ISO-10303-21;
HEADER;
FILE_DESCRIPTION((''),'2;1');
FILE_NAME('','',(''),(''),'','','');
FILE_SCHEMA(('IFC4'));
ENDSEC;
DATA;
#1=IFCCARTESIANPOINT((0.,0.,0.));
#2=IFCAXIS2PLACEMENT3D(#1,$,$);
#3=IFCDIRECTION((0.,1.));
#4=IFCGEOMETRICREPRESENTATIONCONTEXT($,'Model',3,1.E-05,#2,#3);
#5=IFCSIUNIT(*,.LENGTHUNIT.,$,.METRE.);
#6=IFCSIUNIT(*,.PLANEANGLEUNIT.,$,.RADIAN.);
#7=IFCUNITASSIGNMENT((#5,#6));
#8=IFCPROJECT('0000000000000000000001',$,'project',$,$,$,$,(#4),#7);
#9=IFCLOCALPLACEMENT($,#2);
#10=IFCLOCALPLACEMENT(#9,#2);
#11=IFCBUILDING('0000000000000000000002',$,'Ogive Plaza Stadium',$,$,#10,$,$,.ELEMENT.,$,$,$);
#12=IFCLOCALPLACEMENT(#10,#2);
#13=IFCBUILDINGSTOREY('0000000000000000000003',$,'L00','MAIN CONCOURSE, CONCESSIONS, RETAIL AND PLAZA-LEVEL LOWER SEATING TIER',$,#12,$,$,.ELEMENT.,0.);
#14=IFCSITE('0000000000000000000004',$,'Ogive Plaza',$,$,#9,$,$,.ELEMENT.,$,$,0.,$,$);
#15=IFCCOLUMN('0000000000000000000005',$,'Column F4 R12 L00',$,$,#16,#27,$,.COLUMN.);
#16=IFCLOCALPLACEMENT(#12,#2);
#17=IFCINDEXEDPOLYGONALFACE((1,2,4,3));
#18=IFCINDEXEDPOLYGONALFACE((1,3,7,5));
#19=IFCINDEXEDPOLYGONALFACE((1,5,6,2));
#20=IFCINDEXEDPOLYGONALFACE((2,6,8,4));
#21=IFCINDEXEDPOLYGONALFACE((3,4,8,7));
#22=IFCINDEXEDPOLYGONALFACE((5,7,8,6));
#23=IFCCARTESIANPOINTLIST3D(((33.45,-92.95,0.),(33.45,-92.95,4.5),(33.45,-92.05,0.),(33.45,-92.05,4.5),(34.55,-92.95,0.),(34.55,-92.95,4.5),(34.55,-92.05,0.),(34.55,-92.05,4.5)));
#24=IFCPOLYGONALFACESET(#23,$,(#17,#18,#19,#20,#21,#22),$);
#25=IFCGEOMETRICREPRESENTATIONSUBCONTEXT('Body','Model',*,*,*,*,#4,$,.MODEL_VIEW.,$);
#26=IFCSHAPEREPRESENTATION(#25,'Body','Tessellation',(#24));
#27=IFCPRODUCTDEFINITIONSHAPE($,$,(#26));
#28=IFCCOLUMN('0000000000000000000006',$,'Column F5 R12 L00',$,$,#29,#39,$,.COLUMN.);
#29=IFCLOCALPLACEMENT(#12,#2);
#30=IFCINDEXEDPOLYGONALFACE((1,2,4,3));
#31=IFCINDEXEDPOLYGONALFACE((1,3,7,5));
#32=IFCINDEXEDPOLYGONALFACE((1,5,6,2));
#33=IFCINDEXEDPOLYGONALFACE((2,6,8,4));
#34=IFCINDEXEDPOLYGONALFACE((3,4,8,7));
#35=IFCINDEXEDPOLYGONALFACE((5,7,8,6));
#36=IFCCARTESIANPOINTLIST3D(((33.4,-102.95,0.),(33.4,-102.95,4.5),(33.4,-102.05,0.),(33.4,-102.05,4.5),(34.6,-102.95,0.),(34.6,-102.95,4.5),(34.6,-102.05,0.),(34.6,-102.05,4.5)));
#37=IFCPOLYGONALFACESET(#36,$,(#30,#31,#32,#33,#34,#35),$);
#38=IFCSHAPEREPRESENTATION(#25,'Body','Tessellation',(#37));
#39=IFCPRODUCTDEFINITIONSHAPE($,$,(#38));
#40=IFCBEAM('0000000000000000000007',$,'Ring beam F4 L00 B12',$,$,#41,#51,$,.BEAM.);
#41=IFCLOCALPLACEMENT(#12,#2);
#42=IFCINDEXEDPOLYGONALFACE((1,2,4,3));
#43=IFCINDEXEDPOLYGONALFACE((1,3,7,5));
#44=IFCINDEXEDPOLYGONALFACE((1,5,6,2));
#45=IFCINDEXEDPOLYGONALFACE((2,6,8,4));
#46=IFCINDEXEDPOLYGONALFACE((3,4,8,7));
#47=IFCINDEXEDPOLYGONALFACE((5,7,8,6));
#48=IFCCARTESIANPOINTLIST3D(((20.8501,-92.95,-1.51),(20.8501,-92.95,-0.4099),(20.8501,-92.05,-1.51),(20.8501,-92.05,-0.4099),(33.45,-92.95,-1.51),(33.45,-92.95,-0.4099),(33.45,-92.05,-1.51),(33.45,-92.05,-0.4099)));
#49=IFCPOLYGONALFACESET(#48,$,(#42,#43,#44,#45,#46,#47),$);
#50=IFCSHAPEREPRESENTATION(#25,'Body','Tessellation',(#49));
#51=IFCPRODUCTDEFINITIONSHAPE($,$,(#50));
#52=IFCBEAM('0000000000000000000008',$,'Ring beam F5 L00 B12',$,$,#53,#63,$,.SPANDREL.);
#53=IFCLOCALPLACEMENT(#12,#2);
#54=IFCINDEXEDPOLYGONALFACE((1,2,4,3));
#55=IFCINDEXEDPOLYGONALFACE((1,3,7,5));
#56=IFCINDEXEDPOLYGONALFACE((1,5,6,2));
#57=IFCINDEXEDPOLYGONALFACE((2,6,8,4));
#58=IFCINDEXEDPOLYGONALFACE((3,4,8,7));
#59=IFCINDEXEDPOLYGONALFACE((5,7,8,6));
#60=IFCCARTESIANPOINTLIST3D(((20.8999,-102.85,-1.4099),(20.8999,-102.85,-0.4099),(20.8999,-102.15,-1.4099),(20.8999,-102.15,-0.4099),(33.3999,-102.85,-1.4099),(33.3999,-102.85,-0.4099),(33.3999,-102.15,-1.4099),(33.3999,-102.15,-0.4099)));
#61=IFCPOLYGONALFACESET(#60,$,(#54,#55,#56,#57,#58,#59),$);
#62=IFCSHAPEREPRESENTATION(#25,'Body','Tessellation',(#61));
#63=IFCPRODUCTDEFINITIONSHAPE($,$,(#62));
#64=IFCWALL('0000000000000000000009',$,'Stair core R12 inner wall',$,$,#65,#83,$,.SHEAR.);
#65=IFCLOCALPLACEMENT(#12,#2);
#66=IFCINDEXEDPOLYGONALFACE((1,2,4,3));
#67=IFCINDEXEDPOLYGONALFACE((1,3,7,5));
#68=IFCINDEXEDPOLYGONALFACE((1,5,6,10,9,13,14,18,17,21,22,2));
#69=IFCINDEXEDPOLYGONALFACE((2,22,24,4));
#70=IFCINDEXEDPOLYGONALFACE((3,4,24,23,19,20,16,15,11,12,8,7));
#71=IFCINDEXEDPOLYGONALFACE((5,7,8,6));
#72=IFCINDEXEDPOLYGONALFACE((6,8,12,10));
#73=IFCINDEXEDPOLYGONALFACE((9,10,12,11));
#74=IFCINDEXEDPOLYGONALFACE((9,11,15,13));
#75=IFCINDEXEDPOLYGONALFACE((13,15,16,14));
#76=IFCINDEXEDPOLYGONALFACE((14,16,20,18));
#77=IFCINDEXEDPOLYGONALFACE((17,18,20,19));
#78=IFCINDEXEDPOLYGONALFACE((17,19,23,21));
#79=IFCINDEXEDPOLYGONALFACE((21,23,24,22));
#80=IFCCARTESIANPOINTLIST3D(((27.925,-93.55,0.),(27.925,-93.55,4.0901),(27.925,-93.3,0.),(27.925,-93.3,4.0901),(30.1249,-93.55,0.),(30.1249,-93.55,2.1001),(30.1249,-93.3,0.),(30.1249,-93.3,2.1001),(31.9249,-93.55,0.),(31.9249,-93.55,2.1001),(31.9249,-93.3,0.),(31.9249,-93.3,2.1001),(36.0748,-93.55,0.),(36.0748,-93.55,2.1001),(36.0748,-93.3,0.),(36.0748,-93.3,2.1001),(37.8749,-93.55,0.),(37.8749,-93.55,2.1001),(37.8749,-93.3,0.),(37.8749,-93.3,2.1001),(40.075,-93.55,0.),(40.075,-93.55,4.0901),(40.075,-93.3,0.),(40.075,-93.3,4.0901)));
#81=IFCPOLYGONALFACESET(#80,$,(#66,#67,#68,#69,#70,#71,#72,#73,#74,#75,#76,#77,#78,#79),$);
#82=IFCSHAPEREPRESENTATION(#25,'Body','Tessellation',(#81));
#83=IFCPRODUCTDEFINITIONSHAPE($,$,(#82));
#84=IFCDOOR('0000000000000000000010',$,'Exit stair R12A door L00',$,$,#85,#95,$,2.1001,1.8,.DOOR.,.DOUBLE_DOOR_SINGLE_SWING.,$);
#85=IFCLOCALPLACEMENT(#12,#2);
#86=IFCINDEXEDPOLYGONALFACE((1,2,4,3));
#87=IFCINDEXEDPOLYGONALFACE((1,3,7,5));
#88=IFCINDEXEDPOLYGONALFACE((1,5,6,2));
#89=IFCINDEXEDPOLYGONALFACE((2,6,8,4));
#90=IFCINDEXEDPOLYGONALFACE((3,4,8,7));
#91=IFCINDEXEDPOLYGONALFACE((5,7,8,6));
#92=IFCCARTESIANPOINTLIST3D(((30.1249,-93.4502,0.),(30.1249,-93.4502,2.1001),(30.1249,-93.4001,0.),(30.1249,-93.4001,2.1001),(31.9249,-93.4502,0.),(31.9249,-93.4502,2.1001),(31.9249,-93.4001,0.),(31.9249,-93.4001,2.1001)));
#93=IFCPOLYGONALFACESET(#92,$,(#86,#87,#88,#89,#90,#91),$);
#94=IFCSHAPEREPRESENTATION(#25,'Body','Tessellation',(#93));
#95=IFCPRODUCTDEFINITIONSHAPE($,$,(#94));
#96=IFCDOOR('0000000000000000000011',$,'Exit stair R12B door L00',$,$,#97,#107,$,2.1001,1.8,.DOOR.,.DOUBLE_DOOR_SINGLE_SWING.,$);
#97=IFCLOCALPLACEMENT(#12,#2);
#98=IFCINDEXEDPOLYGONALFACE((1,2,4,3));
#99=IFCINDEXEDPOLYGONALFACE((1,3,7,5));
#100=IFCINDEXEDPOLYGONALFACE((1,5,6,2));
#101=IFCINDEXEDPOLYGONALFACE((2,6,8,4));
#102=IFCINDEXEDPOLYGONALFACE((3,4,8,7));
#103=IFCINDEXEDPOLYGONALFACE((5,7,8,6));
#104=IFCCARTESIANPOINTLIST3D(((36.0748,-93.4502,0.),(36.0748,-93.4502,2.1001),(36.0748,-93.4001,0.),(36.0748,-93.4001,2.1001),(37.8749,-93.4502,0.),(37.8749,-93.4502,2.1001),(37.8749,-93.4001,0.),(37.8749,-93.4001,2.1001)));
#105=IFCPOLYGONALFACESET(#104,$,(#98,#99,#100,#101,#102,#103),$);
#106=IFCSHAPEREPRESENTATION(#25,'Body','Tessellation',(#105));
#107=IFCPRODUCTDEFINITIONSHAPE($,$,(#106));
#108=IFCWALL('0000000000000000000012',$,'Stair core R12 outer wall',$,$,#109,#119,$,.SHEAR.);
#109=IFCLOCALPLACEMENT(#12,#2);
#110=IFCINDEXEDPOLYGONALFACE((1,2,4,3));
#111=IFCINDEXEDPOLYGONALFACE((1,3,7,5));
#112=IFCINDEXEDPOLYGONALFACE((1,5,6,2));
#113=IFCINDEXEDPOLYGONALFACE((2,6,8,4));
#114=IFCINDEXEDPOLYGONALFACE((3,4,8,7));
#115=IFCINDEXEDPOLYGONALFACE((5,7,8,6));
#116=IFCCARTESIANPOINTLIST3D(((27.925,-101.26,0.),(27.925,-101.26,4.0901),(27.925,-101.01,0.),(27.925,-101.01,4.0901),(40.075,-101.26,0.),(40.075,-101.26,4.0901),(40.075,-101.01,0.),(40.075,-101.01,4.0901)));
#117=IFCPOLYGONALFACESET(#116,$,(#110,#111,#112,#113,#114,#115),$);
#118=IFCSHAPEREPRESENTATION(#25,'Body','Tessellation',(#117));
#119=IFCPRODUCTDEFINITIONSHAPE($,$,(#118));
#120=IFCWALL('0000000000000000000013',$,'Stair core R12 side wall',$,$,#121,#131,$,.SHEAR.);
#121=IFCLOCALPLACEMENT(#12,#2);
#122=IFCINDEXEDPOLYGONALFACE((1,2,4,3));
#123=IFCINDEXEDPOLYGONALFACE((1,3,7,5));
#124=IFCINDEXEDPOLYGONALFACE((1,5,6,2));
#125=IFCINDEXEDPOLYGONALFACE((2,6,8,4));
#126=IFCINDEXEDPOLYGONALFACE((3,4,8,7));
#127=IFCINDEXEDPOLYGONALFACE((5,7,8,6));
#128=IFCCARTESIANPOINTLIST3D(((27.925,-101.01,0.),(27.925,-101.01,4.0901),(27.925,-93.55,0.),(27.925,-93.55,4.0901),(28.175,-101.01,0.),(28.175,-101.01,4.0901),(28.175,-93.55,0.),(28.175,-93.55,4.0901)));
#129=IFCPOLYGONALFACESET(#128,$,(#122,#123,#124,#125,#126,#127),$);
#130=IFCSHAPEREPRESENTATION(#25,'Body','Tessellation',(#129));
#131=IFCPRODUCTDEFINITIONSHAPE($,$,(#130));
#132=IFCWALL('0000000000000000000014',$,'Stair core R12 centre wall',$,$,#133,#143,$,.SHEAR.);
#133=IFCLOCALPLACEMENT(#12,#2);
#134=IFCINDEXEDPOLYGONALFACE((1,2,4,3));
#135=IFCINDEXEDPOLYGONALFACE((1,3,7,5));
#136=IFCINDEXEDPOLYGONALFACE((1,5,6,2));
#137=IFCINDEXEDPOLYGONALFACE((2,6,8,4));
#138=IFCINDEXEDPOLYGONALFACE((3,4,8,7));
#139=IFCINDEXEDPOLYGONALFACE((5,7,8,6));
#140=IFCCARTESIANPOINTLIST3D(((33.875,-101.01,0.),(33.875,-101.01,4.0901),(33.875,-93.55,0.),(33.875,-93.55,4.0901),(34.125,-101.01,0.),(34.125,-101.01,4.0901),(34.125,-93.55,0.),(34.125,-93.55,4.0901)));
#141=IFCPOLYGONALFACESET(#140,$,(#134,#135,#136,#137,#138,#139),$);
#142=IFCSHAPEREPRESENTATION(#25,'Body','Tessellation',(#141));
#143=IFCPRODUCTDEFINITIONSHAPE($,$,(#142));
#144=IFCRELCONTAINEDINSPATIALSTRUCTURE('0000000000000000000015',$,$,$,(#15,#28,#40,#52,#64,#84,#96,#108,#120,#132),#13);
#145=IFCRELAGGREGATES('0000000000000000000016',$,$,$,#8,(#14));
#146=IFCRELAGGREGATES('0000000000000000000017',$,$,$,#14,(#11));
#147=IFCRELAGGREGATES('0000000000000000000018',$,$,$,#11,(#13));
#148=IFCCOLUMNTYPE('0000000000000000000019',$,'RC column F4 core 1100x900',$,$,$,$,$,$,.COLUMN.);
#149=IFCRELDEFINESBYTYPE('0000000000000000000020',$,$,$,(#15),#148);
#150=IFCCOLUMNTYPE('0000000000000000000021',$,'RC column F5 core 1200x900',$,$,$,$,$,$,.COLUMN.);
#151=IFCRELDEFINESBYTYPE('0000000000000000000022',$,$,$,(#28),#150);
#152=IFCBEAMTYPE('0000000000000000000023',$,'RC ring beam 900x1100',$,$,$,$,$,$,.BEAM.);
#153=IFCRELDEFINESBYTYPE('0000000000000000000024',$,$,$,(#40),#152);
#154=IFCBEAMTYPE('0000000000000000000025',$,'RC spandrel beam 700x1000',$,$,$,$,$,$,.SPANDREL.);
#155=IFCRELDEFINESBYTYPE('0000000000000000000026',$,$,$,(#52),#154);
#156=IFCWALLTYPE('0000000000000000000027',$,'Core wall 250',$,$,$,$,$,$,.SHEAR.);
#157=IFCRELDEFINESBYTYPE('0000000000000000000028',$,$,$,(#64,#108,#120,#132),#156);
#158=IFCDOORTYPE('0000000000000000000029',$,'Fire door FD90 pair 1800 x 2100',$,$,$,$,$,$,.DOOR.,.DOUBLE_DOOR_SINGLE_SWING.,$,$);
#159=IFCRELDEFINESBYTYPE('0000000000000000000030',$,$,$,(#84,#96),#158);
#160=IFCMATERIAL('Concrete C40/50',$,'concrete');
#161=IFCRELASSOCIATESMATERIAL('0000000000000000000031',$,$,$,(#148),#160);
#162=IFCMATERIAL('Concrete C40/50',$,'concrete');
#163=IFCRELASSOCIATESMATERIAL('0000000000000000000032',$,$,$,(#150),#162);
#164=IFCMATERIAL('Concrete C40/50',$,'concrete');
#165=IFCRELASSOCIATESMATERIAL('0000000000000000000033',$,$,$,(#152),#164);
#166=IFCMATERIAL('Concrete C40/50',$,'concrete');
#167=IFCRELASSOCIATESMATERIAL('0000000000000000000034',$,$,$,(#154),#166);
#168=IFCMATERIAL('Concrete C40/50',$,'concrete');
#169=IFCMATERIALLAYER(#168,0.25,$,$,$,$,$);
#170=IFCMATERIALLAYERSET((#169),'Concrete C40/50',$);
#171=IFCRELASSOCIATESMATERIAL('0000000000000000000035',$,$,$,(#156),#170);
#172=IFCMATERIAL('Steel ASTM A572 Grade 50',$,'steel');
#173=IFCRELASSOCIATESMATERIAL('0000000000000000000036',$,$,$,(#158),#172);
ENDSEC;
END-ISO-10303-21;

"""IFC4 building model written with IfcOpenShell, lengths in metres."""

from ifc_helpers import new_model, si_unit, direction, frame, frame_2d, origin, origin_2d, place, context, subcontext, project, spatial, rectangle, extrude, material, layer, layer_set, material_profile, profile_set, type_object, element, fill, save


model = new_model("IFC4")

# Units and contexts
model_context = context("Model", 3, precision=1e-05, world=origin(), true_north=direction((0.0, 1.0)))
body_context = subcontext(model_context, "Body", "Model", "MODEL_VIEW")
ifc_project = project(units=[si_unit("LENGTHUNIT", "METRE"), si_unit("PLANEANGLEUNIT", "RADIAN")], contexts=[model_context])

# Site, building, storey
site_placement = place(None, origin())
site = spatial("IfcSite", under=ifc_project, at=site_placement, Name="Ogive Plaza", CompositionType="ELEMENT", RefElevation=0.0)
building_placement = place(site_placement, origin())
building = spatial("IfcBuilding", under=site, at=building_placement, Name="Ogive Plaza Stadium", CompositionType="ELEMENT")
storey_placement = place(building_placement, origin())
storey = spatial("IfcBuildingStorey", under=building, at=storey_placement, Name="L00", Description="MAIN CONCOURSE, CONCESSIONS, RETAIL AND PLAZA-LEVEL LOWER SEATING TIER", CompositionType="ELEMENT", Elevation=0.0)

# Columns
ifc_material_1 = material(Name="Concrete C40/50", Category="concrete")
ifc_material_profile_1 = material_profile(ifc_material_1, rectangle(XDim=1.1001, YDim=0.8999, at=origin_2d()), Name="RC 1100x900")
ifc_profile_set_1 = profile_set([ifc_material_profile_1], Name="Concrete C40/50")
column_type_1 = type_object("IfcColumnType", Name="RC column F4 core 1100x900", PredefinedType="COLUMN", material=ifc_profile_set_1)
column_1_placement = place(storey_placement, frame((34.0, -92.5, 0.0), z_axis=(0.0, 0.0, 1.0), x_axis=(1.0, 0.0, 0.0)))
element("IfcColumn", 1, at=column_1_placement, inside=storey, type_object=column_type_1, Name="Column F4 R12 L00", PredefinedType="COLUMN", context=body_context, shape_type="SweptSolid", body=[
    extrude(rectangle(XDim=1.1001, YDim=0.8999, at=origin_2d()), origin(), (0.0, 0.0, 1.0), 4.5),
])
ifc_material_2 = material(Name="Concrete C40/50", Category="concrete")
ifc_material_profile_2 = material_profile(ifc_material_2, rectangle(XDim=1.2, YDim=0.8999, at=origin_2d()), Name="RC 1200x900")
ifc_profile_set_2 = profile_set([ifc_material_profile_2], Name="Concrete C40/50")
column_type_2 = type_object("IfcColumnType", Name="RC column F5 core 1200x900", PredefinedType="COLUMN", material=ifc_profile_set_2)
column_2_placement = place(storey_placement, frame((34.0, -102.5, 0.0), z_axis=(0.0, 0.0, 1.0), x_axis=(1.0, 0.0, 0.0)))
element("IfcColumn", 2, at=column_2_placement, inside=storey, type_object=column_type_2, Name="Column F5 R12 L00", PredefinedType="COLUMN", context=body_context, shape_type="SweptSolid", body=[
    extrude(rectangle(XDim=1.2, YDim=0.8999, at=origin_2d()), origin(), (0.0, 0.0, 1.0), 4.5),
])

# Beams
ifc_material_3 = material(Name="Concrete C40/50", Category="concrete")
ifc_material_profile_3 = material_profile(ifc_material_3, rectangle(XDim=0.8999, YDim=1.1001, at=origin_2d()), Name="RC 900x1100")
ifc_profile_set_3 = profile_set([ifc_material_profile_3], Name="Concrete C40/50")
beam_type_1 = type_object("IfcBeamType", Name="RC ring beam 900x1100", PredefinedType="BEAM", material=ifc_profile_set_3)
beam_1_placement = place(storey_placement, frame((33.45, -92.5, -0.96), z_axis=(-1.0, 0.0, 0.0), x_axis=(0.0, -1.0, 0.0)))
element("IfcBeam", 3, at=beam_1_placement, inside=storey, type_object=beam_type_1, Name="Ring beam F4 L00 B12", PredefinedType="BEAM", context=body_context, shape_type="SweptSolid", body=[
    extrude(rectangle(XDim=0.8999, YDim=1.1001, at=origin_2d()), origin(), (0.0, 0.0, 1.0), 12.5999),
])
ifc_material_4 = material(Name="Concrete C40/50", Category="concrete")
ifc_material_profile_4 = material_profile(ifc_material_4, rectangle(XDim=0.7, YDim=1.0, at=origin_2d()), Name="RC 700x1000")
ifc_profile_set_4 = profile_set([ifc_material_profile_4], Name="Concrete C40/50")
beam_type_2 = type_object("IfcBeamType", Name="RC spandrel beam 700x1000", PredefinedType="SPANDREL", material=ifc_profile_set_4)
beam_2_placement = place(storey_placement, frame((33.3999, -102.5, -0.9099), z_axis=(-1.0, 0.0, 0.0), x_axis=(0.0, -1.0, 0.0)))
element("IfcBeam", 4, at=beam_2_placement, inside=storey, type_object=beam_type_2, Name="Ring beam F5 L00 B12", PredefinedType="SPANDREL", context=body_context, shape_type="SweptSolid", body=[
    extrude(rectangle(XDim=0.7, YDim=1.0, at=origin_2d()), origin(), (0.0, 0.0, 1.0), 12.5),
])

# Wall, openings, doors
ifc_material_5 = material(Name="Concrete C40/50", Category="concrete")
ifc_layer_1 = layer(ifc_material_5, 0.25)
ifc_layer_set_1 = layer_set([ifc_layer_1], Name="Concrete C40/50")
wall_type_1 = type_object("IfcWallType", Name="Core wall 250", PredefinedType="SHEAR", material=ifc_layer_set_1)
wall_1_placement = place(storey_placement, frame((27.925, -93.425, 0.0), z_axis=(0.0, 0.0, 1.0), x_axis=(1.0, 0.0, 0.0)))
wall_1 = element("IfcWall", 5, at=wall_1_placement, inside=storey, type_object=wall_type_1, Name="Stair core R12 inner wall", PredefinedType="SHEAR", context=body_context, shape_type="SweptSolid", body=[
    extrude(rectangle(XDim=12.1499, YDim=0.25, at=frame_2d((6.075, 0.0))), origin(), (0.0, 0.0, 1.0), 4.0901),
])
opening_1_placement = place(wall_1_placement, frame((2.2, 0.0, 0.0)))
opening_1 = element("IfcOpeningElement", 6, at=opening_1_placement, cuts=wall_1, PredefinedType="OPENING", context=body_context, shape_type="SweptSolid", body=[
    extrude(rectangle(XDim=1.8, YDim=2.1001, at=frame_2d((0.8999, 1.05))), frame((0.0, 0.125, 0.0), z_axis=(0.0, -1.0, 0.0), x_axis=(1.0, 0.0, 0.0)), (0.0, 0.0, 1.0), 0.25),
])
opening_2_placement = place(wall_1_placement, frame((8.1499, 0.0, 0.0)))
opening_2 = element("IfcOpeningElement", 7, at=opening_2_placement, cuts=wall_1, PredefinedType="OPENING", context=body_context, shape_type="SweptSolid", body=[
    extrude(rectangle(XDim=1.8, YDim=2.1001, at=frame_2d((0.8999, 1.05))), frame((0.0, 0.125, 0.0), z_axis=(0.0, -1.0, 0.0), x_axis=(1.0, 0.0, 0.0)), (0.0, 0.0, 1.0), 0.25),
])
ifc_material_6 = material(Name="Steel ASTM A572 Grade 50", Category="steel")
door_type_1 = type_object("IfcDoorType", Name="Fire door FD90 pair 1800 x 2100", OperationType="DOUBLE_DOOR_SINGLE_SWING", PredefinedType="DOOR", material=ifc_material_6)
door_1_placement = place(opening_1_placement, origin())
door_1 = element("IfcDoor", 8, at=door_1_placement, inside=storey, type_object=door_type_1, Name="Exit stair R12A door L00", OperationType="DOUBLE_DOOR_SINGLE_SWING", OverallHeight=2.1001, OverallWidth=1.8, PredefinedType="DOOR", context=body_context, shape_type="SweptSolid", body=[
    extrude(rectangle(XDim=1.8, YDim=2.1001, at=frame_2d((0.8999, 1.05))), frame((0.0, 0.0249, 0.0), z_axis=(0.0, -1.0, 0.0), x_axis=(1.0, 0.0, 0.0)), (0.0, 0.0, 1.0), 0.05),
])
fill(opening_1, door_1)
door_2_placement = place(opening_2_placement, origin())
door_2 = element("IfcDoor", 9, at=door_2_placement, inside=storey, type_object=door_type_1, Name="Exit stair R12B door L00", OperationType="DOUBLE_DOOR_SINGLE_SWING", OverallHeight=2.1001, OverallWidth=1.8, PredefinedType="DOOR", context=body_context, shape_type="SweptSolid", body=[
    extrude(rectangle(XDim=1.8, YDim=2.1001, at=frame_2d((0.8999, 1.05))), frame((0.0, 0.0249, 0.0), z_axis=(0.0, -1.0, 0.0), x_axis=(1.0, 0.0, 0.0)), (0.0, 0.0, 1.0), 0.05),
])
fill(opening_2, door_2)

# Walls
wall_2_placement = place(storey_placement, frame((27.925, -101.135, 0.0), z_axis=(0.0, 0.0, 1.0), x_axis=(1.0, 0.0, 0.0)))
element("IfcWall", 10, at=wall_2_placement, inside=storey, type_object=wall_type_1, Name="Stair core R12 outer wall", PredefinedType="SHEAR", context=body_context, shape_type="SweptSolid", body=[
    extrude(rectangle(XDim=12.1499, YDim=0.25, at=frame_2d((6.075, 0.0))), origin(), (0.0, 0.0, 1.0), 4.0901),
])
for number, where, z_axis, x_axis, name in (
    (11, (28.05, -93.55, 0.0), (0.0, 0.0, 1.0), (0.0, -1.0, 0.0), "Stair core R12 side wall"),
    (12, (34.0, -93.55, 0.0), (0.0, 0.0, 1.0), (0.0, -1.0, 0.0), "Stair core R12 centre wall"),
):
    element("IfcWall", number, at=place(storey_placement, frame(where, z_axis=z_axis, x_axis=x_axis)), inside=storey, type_object=wall_type_1, Name=name, PredefinedType="SHEAR", context=body_context, shape_type="SweptSolid", body=[
        extrude(rectangle(XDim=7.46, YDim=0.25, at=frame_2d((3.73, 0.0))), origin(), (0.0, 0.0, 1.0), 4.0901),
    ])

save(model, "model.ifc")
